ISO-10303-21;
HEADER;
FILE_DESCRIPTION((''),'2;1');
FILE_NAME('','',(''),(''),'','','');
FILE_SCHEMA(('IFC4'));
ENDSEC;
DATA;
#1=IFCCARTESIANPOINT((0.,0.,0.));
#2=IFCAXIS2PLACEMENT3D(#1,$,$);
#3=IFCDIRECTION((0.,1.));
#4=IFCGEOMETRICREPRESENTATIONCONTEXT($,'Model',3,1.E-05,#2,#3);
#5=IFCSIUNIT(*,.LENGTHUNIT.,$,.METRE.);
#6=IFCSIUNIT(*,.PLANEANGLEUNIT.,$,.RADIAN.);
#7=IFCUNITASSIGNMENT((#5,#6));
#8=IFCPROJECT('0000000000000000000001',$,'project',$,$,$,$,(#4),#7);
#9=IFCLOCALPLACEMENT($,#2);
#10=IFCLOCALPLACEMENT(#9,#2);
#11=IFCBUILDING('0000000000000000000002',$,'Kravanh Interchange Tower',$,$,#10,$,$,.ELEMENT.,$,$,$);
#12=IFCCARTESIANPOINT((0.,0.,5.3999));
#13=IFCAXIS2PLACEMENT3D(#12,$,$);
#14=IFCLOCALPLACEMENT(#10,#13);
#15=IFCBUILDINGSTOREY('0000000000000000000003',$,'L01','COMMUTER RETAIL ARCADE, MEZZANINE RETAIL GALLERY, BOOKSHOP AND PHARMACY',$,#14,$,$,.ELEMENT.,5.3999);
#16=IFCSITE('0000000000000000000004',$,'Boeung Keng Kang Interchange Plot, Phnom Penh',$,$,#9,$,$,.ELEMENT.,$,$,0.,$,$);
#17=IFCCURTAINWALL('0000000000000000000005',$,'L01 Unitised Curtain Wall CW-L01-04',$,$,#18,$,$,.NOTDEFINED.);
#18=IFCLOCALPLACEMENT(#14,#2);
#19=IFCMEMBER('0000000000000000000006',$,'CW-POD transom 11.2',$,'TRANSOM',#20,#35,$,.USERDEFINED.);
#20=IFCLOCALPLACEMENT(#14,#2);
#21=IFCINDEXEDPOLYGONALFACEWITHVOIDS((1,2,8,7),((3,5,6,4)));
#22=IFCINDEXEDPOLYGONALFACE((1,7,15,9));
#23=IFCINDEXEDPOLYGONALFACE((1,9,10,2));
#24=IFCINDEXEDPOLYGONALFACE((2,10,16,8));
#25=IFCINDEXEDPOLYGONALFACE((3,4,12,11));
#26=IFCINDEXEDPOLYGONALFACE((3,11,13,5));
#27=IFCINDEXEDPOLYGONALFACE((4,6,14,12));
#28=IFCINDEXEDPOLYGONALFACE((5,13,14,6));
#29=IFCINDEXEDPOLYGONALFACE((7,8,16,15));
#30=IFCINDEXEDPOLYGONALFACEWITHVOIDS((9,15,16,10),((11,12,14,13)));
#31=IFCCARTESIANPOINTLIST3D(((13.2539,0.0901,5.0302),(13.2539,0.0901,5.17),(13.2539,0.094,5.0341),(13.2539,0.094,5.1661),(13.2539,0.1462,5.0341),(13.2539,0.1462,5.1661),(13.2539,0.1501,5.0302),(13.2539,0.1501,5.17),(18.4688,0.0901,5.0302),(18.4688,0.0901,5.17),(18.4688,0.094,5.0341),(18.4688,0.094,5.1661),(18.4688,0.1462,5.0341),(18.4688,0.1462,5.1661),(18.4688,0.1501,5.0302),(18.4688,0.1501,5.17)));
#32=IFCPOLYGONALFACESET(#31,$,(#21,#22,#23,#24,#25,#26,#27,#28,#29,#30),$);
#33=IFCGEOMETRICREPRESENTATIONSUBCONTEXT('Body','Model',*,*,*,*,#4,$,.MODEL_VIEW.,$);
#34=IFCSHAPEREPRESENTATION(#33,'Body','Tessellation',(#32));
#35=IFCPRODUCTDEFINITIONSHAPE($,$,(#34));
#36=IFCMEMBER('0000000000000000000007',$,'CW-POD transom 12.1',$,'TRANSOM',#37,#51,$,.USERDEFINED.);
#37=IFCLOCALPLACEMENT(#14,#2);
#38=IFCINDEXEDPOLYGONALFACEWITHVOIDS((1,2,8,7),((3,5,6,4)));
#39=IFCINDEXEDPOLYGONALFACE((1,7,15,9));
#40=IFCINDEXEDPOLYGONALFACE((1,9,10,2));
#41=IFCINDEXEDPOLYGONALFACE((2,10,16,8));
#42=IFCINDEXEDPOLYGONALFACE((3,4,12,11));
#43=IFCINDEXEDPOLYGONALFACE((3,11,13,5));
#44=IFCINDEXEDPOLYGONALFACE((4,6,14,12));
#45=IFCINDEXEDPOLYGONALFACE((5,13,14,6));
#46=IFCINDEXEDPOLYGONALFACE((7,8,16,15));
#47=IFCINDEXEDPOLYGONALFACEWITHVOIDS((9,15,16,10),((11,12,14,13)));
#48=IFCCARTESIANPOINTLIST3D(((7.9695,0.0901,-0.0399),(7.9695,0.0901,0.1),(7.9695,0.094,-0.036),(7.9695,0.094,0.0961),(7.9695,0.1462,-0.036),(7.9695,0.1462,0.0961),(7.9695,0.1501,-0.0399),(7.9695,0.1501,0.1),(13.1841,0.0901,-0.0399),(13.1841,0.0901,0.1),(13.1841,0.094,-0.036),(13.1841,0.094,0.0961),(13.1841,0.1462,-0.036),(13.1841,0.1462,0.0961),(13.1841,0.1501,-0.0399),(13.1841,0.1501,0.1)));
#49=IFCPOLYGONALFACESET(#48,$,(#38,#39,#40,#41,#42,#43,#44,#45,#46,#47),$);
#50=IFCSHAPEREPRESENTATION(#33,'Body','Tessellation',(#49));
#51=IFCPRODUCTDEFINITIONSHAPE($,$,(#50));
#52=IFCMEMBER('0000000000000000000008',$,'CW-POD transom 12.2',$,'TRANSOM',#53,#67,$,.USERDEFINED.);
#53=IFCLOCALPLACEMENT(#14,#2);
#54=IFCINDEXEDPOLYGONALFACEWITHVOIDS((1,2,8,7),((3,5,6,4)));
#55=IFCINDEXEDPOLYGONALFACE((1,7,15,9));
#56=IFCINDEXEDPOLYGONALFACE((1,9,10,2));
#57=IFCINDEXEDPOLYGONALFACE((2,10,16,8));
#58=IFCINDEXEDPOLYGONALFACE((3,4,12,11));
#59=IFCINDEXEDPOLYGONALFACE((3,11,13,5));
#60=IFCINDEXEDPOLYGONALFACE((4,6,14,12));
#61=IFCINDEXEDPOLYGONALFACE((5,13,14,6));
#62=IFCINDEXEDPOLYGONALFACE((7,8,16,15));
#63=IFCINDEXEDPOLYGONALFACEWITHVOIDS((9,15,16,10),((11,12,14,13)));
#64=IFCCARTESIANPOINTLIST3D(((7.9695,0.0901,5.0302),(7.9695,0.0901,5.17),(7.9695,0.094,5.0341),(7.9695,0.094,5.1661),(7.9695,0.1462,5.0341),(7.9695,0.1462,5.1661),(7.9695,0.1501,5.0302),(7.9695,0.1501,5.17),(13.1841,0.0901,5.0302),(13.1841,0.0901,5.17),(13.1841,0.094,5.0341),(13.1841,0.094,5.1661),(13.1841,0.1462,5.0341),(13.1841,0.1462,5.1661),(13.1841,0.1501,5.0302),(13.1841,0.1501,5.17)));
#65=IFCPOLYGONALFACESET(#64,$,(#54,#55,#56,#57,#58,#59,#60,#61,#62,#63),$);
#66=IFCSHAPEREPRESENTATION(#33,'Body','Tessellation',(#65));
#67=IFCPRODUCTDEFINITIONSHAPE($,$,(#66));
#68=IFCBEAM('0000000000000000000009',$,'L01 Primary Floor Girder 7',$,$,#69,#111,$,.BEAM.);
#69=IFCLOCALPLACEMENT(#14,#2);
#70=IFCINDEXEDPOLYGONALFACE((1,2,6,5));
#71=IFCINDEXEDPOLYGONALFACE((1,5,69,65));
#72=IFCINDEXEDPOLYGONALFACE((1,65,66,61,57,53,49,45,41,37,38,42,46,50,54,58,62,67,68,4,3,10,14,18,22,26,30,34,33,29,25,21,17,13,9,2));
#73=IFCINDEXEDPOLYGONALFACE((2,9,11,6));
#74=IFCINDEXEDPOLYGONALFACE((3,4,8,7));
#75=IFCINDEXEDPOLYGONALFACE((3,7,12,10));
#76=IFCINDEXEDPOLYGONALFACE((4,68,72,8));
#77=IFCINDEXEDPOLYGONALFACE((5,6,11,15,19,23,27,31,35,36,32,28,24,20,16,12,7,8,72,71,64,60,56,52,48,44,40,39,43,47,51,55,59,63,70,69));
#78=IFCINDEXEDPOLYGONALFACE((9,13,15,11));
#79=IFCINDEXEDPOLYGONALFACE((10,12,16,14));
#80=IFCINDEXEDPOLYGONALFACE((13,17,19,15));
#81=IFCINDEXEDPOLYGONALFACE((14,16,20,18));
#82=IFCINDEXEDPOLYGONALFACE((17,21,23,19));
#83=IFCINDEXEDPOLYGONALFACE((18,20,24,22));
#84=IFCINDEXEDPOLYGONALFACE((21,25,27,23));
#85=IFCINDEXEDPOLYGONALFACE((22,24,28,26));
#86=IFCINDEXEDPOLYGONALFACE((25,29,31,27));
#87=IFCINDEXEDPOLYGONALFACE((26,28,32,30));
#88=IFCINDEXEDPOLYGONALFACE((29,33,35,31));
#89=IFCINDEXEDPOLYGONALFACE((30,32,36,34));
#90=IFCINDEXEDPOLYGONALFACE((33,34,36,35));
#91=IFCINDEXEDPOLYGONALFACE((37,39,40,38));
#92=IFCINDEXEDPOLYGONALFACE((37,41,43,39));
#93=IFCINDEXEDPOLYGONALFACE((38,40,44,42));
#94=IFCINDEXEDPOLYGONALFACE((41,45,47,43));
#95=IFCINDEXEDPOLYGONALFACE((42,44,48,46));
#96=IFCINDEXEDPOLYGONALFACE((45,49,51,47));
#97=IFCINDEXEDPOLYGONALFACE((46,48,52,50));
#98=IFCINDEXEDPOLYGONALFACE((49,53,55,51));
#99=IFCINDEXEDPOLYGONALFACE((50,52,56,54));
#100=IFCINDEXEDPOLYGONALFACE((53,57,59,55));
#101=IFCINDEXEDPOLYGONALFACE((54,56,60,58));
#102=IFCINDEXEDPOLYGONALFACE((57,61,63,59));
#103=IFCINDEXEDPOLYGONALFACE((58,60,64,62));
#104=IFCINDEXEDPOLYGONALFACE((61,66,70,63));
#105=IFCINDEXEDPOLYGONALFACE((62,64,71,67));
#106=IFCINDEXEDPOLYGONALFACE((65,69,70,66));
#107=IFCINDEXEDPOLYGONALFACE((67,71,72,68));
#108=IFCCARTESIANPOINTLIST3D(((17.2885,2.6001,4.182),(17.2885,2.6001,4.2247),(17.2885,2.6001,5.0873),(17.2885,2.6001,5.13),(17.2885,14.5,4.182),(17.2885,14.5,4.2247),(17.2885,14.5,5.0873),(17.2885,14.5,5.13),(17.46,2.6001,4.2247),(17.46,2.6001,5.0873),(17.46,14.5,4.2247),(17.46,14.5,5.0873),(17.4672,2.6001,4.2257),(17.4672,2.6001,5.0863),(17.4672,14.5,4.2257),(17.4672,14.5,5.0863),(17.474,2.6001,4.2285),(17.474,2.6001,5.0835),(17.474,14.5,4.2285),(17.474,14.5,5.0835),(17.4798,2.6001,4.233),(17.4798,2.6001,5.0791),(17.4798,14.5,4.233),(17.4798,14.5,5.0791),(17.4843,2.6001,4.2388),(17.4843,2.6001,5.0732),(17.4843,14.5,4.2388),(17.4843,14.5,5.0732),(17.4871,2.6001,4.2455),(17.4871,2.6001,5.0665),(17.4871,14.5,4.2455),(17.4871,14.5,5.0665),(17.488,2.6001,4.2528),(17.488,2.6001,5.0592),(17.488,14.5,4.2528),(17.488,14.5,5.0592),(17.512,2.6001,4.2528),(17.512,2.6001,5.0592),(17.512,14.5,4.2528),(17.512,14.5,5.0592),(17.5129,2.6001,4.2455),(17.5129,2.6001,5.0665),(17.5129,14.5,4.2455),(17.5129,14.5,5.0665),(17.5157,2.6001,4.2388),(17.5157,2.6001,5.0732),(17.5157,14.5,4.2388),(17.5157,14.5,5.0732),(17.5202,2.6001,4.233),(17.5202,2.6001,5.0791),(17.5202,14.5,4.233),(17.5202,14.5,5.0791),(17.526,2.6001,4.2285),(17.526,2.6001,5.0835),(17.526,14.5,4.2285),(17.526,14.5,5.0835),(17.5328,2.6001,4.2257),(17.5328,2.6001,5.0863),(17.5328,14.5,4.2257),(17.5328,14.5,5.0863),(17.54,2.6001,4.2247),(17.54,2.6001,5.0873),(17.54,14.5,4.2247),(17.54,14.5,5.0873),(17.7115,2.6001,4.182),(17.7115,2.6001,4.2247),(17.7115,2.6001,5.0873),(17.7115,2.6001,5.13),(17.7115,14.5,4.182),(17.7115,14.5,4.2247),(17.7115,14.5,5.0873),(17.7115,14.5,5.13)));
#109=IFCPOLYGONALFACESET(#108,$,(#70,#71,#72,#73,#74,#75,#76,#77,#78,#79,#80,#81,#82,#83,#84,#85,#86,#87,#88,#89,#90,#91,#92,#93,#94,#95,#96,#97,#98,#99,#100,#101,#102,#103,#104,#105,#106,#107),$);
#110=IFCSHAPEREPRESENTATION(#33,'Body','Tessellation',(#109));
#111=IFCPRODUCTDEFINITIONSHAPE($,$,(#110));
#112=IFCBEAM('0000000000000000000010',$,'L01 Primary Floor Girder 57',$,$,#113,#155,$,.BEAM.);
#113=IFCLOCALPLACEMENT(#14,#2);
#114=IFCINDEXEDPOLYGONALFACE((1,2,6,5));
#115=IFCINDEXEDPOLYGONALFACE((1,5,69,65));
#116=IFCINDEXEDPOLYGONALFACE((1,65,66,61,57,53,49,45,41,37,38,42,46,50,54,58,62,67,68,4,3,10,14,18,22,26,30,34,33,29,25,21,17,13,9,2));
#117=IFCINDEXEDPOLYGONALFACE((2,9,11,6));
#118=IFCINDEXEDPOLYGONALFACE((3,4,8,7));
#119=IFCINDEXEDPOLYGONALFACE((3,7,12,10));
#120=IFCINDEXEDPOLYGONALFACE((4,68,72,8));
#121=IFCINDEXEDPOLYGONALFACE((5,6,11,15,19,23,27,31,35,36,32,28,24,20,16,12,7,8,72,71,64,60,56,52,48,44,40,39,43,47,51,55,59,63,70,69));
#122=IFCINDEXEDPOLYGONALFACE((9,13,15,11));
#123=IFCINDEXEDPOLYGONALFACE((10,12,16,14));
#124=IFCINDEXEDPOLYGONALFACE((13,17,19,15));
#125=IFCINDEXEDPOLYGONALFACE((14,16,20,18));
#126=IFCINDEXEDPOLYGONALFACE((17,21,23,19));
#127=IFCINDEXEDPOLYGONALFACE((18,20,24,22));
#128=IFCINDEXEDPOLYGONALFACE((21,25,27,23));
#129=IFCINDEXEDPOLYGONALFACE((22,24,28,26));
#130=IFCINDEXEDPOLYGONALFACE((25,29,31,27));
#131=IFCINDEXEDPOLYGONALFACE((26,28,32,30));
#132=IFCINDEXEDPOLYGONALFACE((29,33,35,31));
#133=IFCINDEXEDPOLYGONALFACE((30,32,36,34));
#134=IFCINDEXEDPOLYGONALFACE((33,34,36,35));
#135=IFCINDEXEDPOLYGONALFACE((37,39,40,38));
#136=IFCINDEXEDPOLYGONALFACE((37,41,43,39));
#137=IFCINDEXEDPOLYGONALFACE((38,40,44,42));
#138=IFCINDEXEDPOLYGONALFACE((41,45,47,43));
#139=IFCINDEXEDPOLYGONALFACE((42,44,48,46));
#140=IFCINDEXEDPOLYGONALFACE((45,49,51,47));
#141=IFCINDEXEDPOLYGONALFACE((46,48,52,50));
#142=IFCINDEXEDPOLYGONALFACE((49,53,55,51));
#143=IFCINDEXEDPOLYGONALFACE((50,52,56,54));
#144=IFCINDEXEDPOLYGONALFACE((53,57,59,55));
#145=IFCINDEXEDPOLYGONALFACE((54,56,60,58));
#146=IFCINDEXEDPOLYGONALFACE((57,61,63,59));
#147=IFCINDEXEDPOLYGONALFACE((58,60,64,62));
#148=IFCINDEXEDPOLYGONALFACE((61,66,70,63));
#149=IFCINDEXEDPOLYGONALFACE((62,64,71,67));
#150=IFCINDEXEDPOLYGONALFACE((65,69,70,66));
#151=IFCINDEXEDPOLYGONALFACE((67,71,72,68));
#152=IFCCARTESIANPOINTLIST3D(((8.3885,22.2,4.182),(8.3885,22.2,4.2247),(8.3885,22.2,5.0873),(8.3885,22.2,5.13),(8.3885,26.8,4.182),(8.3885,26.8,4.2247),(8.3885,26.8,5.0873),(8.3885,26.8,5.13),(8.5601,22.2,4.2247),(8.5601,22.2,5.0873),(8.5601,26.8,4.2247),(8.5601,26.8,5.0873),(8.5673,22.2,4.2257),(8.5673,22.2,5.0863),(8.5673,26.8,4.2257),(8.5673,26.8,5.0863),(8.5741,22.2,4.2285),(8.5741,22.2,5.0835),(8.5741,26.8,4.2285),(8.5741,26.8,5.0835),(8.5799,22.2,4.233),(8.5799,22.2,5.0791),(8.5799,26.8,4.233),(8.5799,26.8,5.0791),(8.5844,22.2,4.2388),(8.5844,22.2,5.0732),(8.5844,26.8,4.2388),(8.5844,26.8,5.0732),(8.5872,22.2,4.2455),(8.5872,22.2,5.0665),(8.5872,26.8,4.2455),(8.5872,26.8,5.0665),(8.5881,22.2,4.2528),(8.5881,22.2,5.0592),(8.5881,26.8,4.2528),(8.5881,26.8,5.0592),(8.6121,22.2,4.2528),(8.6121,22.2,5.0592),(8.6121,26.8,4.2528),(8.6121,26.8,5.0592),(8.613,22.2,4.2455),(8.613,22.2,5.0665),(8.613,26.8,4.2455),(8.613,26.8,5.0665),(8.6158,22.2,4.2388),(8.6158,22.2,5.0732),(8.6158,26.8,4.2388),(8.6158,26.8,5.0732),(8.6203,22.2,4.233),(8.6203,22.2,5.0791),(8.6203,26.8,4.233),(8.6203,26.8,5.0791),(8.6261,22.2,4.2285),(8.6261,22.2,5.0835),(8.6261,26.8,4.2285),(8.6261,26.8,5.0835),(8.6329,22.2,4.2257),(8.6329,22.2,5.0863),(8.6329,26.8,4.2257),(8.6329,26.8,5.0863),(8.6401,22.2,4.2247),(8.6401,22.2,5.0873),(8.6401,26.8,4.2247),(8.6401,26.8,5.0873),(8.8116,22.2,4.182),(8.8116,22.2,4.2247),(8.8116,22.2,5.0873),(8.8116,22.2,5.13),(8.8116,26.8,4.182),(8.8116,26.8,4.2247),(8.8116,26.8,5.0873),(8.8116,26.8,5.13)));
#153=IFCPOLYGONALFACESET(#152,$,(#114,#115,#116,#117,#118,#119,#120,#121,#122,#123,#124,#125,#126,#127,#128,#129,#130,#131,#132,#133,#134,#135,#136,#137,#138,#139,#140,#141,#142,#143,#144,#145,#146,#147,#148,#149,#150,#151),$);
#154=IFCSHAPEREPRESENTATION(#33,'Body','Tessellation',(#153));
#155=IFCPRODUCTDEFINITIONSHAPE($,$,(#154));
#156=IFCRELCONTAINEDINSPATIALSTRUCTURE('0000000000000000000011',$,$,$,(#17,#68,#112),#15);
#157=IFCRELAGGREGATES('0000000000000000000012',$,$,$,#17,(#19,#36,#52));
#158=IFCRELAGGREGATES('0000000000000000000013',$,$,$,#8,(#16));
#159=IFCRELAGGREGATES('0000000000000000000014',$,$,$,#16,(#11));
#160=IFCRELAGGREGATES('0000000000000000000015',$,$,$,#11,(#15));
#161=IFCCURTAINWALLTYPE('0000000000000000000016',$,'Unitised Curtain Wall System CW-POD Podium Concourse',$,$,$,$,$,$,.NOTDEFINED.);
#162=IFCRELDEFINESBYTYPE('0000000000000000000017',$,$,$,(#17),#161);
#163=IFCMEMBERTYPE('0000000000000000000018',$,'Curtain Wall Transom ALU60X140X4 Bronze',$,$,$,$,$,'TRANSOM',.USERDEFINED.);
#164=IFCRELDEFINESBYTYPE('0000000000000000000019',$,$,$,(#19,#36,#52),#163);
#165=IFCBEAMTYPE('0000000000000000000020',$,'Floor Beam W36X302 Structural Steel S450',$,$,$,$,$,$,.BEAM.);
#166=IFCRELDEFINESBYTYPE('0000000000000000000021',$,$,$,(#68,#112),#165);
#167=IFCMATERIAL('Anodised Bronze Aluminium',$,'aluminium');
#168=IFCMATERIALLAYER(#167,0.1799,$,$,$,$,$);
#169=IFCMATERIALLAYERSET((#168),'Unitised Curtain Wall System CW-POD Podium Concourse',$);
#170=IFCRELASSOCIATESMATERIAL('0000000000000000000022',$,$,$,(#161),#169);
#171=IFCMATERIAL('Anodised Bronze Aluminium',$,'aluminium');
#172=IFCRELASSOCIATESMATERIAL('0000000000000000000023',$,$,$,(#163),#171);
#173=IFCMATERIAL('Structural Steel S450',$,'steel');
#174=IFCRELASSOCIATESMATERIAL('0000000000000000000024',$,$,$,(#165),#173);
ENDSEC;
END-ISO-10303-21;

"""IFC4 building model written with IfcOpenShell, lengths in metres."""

from ifc_helpers import new_model, si_unit, direction, frame, origin, origin_2d, place, context, subcontext, project, spatial, hollow_rectangle, i_section, extrude, material, layer, layer_set, material_profile, profile_set, type_object, element, aggregate, save


model = new_model("IFC4")

# Units and contexts
model_context = context("Model", 3, precision=1e-05, world=origin(), true_north=direction((0.0, 1.0)))
body_context = subcontext(model_context, "Body", "Model", "MODEL_VIEW")
ifc_project = project(units=[si_unit("LENGTHUNIT", "METRE"), si_unit("PLANEANGLEUNIT", "RADIAN")], contexts=[model_context])

# Site, building, storey
site_placement = place(None, origin())
site = spatial("IfcSite", under=ifc_project, at=site_placement, Name="Boeung Keng Kang Interchange Plot, Phnom Penh", CompositionType="ELEMENT", RefElevation=0.0)
building_placement = place(site_placement, origin())
building = spatial("IfcBuilding", under=site, at=building_placement, Name="Kravanh Interchange Tower", CompositionType="ELEMENT")
storey_placement = place(building_placement, frame((0.0, 0.0, 5.3999)))
storey = spatial("IfcBuildingStorey", under=building, at=storey_placement, Name="L01", Description="COMMUTER RETAIL ARCADE, MEZZANINE RETAIL GALLERY, BOOKSHOP AND PHARMACY", CompositionType="ELEMENT", Elevation=5.3999)

# Curtain wall, members
ifc_material_1 = material(Name="Anodised Bronze Aluminium", Category="aluminium")
ifc_layer_1 = layer(ifc_material_1, 0.1799)
ifc_layer_set_1 = layer_set([ifc_layer_1], Name="Unitised Curtain Wall System CW-POD Podium Concourse")
curtain_wall_type = type_object("IfcCurtainWallType", Name="Unitised Curtain Wall System CW-POD Podium Concourse", PredefinedType="NOTDEFINED", material=ifc_layer_set_1)
curtain_wall_placement = place(storey_placement, origin())
curtain_wall = element("IfcCurtainWall", 1, at=curtain_wall_placement, inside=storey, type_object=curtain_wall_type, Name="L01 Unitised Curtain Wall CW-L01-04", PredefinedType="NOTDEFINED")
ifc_material_2 = material(Name="Anodised Bronze Aluminium", Category="aluminium")
ifc_material_profile_1 = material_profile(ifc_material_2, hollow_rectangle(XDim=0.0601, YDim=0.1399, WallThickness=0.0039, at=origin_2d()), Name="ALU60X140X4")
ifc_profile_set_1 = profile_set([ifc_material_profile_1], Name="Anodised Bronze Aluminium")
member_type_1 = type_object("IfcMemberType", Name="Curtain Wall Transom ALU60X140X4 Bronze", ElementType="TRANSOM", PredefinedType="USERDEFINED", material=ifc_profile_set_1)
member_1_placement = place(storey_placement, frame((18.4688, 0.1201, 5.1001), z_axis=(-1.0, 0.0, 0.0), x_axis=(0.0, -1.0, 0.0)))
member_1 = element("IfcMember", 2, at=member_1_placement, type_object=member_type_1, Name="CW-POD transom 11.2", ObjectType="TRANSOM", PredefinedType="USERDEFINED", context=body_context, shape_type="SweptSolid", body=[
    extrude(hollow_rectangle(XDim=0.0601, YDim=0.1399, WallThickness=0.0039, at=origin_2d()), origin(), (0.0, 0.0, 1.0), 5.2148),
])
member_2_placement = place(storey_placement, frame((13.1841, 0.1201, 0.03), z_axis=(-1.0, 0.0, 0.0), x_axis=(0.0, -1.0, 0.0)))
member_2 = element("IfcMember", 3, at=member_2_placement, type_object=member_type_1, Name="CW-POD transom 12.1", ObjectType="TRANSOM", PredefinedType="USERDEFINED", context=body_context, shape_type="SweptSolid", body=[
    extrude(hollow_rectangle(XDim=0.0601, YDim=0.1399, WallThickness=0.0039, at=origin_2d()), origin(), (0.0, 0.0, 1.0), 5.2146),
])
member_3_placement = place(storey_placement, frame((13.1841, 0.1201, 5.1001), z_axis=(-1.0, 0.0, 0.0), x_axis=(0.0, -1.0, 0.0)))
member_3 = element("IfcMember", 4, at=member_3_placement, type_object=member_type_1, Name="CW-POD transom 12.2", ObjectType="TRANSOM", PredefinedType="USERDEFINED", context=body_context, shape_type="SweptSolid", body=[
    extrude(hollow_rectangle(XDim=0.0601, YDim=0.1399, WallThickness=0.0039, at=origin_2d()), origin(), (0.0, 0.0, 1.0), 5.2146),
])

# Beams
ifc_material_3 = material(Name="Structural Steel S450", Category="steel")
ifc_material_profile_2 = material_profile(ifc_material_3, i_section(OverallWidth=0.4231, OverallDepth=0.948, WebThickness=0.0239, FlangeThickness=0.0427, FilletRadius=0.0281, at=origin_2d()), Name="W36X302")
ifc_profile_set_2 = profile_set([ifc_material_profile_2], Name="Structural Steel S450")
beam_type_1 = type_object("IfcBeamType", Name="Floor Beam W36X302 Structural Steel S450", PredefinedType="BEAM", material=ifc_profile_set_2)
beam_1_placement = place(storey_placement, frame((17.5, 2.6001, 4.656), z_axis=(0.0, 1.0, 0.0), x_axis=(-1.0, 0.0, 0.0)))
element("IfcBeam", 5, at=beam_1_placement, inside=storey, type_object=beam_type_1, Name="L01 Primary Floor Girder 7", PredefinedType="BEAM", context=body_context, shape_type="SweptSolid", body=[
    extrude(i_section(OverallWidth=0.4231, OverallDepth=0.948, WebThickness=0.0239, FlangeThickness=0.0427, FilletRadius=0.0281, at=origin_2d()), origin(), (0.0, 0.0, 1.0), 11.8999),
])
beam_2_placement = place(storey_placement, frame((8.6001, 22.2, 4.656), z_axis=(0.0, 1.0, 0.0), x_axis=(-1.0, 0.0, 0.0)))
element("IfcBeam", 6, at=beam_2_placement, inside=storey, type_object=beam_type_1, Name="L01 Primary Floor Girder 57", PredefinedType="BEAM", context=body_context, shape_type="SweptSolid", body=[
    extrude(i_section(OverallWidth=0.4231, OverallDepth=0.948, WebThickness=0.0239, FlangeThickness=0.0427, FilletRadius=0.0281, at=origin_2d()), origin(), (0.0, 0.0, 1.0), 4.6001),
])

aggregate(curtain_wall, [member_1, member_2, member_3])

save(model, "model.ifc")
